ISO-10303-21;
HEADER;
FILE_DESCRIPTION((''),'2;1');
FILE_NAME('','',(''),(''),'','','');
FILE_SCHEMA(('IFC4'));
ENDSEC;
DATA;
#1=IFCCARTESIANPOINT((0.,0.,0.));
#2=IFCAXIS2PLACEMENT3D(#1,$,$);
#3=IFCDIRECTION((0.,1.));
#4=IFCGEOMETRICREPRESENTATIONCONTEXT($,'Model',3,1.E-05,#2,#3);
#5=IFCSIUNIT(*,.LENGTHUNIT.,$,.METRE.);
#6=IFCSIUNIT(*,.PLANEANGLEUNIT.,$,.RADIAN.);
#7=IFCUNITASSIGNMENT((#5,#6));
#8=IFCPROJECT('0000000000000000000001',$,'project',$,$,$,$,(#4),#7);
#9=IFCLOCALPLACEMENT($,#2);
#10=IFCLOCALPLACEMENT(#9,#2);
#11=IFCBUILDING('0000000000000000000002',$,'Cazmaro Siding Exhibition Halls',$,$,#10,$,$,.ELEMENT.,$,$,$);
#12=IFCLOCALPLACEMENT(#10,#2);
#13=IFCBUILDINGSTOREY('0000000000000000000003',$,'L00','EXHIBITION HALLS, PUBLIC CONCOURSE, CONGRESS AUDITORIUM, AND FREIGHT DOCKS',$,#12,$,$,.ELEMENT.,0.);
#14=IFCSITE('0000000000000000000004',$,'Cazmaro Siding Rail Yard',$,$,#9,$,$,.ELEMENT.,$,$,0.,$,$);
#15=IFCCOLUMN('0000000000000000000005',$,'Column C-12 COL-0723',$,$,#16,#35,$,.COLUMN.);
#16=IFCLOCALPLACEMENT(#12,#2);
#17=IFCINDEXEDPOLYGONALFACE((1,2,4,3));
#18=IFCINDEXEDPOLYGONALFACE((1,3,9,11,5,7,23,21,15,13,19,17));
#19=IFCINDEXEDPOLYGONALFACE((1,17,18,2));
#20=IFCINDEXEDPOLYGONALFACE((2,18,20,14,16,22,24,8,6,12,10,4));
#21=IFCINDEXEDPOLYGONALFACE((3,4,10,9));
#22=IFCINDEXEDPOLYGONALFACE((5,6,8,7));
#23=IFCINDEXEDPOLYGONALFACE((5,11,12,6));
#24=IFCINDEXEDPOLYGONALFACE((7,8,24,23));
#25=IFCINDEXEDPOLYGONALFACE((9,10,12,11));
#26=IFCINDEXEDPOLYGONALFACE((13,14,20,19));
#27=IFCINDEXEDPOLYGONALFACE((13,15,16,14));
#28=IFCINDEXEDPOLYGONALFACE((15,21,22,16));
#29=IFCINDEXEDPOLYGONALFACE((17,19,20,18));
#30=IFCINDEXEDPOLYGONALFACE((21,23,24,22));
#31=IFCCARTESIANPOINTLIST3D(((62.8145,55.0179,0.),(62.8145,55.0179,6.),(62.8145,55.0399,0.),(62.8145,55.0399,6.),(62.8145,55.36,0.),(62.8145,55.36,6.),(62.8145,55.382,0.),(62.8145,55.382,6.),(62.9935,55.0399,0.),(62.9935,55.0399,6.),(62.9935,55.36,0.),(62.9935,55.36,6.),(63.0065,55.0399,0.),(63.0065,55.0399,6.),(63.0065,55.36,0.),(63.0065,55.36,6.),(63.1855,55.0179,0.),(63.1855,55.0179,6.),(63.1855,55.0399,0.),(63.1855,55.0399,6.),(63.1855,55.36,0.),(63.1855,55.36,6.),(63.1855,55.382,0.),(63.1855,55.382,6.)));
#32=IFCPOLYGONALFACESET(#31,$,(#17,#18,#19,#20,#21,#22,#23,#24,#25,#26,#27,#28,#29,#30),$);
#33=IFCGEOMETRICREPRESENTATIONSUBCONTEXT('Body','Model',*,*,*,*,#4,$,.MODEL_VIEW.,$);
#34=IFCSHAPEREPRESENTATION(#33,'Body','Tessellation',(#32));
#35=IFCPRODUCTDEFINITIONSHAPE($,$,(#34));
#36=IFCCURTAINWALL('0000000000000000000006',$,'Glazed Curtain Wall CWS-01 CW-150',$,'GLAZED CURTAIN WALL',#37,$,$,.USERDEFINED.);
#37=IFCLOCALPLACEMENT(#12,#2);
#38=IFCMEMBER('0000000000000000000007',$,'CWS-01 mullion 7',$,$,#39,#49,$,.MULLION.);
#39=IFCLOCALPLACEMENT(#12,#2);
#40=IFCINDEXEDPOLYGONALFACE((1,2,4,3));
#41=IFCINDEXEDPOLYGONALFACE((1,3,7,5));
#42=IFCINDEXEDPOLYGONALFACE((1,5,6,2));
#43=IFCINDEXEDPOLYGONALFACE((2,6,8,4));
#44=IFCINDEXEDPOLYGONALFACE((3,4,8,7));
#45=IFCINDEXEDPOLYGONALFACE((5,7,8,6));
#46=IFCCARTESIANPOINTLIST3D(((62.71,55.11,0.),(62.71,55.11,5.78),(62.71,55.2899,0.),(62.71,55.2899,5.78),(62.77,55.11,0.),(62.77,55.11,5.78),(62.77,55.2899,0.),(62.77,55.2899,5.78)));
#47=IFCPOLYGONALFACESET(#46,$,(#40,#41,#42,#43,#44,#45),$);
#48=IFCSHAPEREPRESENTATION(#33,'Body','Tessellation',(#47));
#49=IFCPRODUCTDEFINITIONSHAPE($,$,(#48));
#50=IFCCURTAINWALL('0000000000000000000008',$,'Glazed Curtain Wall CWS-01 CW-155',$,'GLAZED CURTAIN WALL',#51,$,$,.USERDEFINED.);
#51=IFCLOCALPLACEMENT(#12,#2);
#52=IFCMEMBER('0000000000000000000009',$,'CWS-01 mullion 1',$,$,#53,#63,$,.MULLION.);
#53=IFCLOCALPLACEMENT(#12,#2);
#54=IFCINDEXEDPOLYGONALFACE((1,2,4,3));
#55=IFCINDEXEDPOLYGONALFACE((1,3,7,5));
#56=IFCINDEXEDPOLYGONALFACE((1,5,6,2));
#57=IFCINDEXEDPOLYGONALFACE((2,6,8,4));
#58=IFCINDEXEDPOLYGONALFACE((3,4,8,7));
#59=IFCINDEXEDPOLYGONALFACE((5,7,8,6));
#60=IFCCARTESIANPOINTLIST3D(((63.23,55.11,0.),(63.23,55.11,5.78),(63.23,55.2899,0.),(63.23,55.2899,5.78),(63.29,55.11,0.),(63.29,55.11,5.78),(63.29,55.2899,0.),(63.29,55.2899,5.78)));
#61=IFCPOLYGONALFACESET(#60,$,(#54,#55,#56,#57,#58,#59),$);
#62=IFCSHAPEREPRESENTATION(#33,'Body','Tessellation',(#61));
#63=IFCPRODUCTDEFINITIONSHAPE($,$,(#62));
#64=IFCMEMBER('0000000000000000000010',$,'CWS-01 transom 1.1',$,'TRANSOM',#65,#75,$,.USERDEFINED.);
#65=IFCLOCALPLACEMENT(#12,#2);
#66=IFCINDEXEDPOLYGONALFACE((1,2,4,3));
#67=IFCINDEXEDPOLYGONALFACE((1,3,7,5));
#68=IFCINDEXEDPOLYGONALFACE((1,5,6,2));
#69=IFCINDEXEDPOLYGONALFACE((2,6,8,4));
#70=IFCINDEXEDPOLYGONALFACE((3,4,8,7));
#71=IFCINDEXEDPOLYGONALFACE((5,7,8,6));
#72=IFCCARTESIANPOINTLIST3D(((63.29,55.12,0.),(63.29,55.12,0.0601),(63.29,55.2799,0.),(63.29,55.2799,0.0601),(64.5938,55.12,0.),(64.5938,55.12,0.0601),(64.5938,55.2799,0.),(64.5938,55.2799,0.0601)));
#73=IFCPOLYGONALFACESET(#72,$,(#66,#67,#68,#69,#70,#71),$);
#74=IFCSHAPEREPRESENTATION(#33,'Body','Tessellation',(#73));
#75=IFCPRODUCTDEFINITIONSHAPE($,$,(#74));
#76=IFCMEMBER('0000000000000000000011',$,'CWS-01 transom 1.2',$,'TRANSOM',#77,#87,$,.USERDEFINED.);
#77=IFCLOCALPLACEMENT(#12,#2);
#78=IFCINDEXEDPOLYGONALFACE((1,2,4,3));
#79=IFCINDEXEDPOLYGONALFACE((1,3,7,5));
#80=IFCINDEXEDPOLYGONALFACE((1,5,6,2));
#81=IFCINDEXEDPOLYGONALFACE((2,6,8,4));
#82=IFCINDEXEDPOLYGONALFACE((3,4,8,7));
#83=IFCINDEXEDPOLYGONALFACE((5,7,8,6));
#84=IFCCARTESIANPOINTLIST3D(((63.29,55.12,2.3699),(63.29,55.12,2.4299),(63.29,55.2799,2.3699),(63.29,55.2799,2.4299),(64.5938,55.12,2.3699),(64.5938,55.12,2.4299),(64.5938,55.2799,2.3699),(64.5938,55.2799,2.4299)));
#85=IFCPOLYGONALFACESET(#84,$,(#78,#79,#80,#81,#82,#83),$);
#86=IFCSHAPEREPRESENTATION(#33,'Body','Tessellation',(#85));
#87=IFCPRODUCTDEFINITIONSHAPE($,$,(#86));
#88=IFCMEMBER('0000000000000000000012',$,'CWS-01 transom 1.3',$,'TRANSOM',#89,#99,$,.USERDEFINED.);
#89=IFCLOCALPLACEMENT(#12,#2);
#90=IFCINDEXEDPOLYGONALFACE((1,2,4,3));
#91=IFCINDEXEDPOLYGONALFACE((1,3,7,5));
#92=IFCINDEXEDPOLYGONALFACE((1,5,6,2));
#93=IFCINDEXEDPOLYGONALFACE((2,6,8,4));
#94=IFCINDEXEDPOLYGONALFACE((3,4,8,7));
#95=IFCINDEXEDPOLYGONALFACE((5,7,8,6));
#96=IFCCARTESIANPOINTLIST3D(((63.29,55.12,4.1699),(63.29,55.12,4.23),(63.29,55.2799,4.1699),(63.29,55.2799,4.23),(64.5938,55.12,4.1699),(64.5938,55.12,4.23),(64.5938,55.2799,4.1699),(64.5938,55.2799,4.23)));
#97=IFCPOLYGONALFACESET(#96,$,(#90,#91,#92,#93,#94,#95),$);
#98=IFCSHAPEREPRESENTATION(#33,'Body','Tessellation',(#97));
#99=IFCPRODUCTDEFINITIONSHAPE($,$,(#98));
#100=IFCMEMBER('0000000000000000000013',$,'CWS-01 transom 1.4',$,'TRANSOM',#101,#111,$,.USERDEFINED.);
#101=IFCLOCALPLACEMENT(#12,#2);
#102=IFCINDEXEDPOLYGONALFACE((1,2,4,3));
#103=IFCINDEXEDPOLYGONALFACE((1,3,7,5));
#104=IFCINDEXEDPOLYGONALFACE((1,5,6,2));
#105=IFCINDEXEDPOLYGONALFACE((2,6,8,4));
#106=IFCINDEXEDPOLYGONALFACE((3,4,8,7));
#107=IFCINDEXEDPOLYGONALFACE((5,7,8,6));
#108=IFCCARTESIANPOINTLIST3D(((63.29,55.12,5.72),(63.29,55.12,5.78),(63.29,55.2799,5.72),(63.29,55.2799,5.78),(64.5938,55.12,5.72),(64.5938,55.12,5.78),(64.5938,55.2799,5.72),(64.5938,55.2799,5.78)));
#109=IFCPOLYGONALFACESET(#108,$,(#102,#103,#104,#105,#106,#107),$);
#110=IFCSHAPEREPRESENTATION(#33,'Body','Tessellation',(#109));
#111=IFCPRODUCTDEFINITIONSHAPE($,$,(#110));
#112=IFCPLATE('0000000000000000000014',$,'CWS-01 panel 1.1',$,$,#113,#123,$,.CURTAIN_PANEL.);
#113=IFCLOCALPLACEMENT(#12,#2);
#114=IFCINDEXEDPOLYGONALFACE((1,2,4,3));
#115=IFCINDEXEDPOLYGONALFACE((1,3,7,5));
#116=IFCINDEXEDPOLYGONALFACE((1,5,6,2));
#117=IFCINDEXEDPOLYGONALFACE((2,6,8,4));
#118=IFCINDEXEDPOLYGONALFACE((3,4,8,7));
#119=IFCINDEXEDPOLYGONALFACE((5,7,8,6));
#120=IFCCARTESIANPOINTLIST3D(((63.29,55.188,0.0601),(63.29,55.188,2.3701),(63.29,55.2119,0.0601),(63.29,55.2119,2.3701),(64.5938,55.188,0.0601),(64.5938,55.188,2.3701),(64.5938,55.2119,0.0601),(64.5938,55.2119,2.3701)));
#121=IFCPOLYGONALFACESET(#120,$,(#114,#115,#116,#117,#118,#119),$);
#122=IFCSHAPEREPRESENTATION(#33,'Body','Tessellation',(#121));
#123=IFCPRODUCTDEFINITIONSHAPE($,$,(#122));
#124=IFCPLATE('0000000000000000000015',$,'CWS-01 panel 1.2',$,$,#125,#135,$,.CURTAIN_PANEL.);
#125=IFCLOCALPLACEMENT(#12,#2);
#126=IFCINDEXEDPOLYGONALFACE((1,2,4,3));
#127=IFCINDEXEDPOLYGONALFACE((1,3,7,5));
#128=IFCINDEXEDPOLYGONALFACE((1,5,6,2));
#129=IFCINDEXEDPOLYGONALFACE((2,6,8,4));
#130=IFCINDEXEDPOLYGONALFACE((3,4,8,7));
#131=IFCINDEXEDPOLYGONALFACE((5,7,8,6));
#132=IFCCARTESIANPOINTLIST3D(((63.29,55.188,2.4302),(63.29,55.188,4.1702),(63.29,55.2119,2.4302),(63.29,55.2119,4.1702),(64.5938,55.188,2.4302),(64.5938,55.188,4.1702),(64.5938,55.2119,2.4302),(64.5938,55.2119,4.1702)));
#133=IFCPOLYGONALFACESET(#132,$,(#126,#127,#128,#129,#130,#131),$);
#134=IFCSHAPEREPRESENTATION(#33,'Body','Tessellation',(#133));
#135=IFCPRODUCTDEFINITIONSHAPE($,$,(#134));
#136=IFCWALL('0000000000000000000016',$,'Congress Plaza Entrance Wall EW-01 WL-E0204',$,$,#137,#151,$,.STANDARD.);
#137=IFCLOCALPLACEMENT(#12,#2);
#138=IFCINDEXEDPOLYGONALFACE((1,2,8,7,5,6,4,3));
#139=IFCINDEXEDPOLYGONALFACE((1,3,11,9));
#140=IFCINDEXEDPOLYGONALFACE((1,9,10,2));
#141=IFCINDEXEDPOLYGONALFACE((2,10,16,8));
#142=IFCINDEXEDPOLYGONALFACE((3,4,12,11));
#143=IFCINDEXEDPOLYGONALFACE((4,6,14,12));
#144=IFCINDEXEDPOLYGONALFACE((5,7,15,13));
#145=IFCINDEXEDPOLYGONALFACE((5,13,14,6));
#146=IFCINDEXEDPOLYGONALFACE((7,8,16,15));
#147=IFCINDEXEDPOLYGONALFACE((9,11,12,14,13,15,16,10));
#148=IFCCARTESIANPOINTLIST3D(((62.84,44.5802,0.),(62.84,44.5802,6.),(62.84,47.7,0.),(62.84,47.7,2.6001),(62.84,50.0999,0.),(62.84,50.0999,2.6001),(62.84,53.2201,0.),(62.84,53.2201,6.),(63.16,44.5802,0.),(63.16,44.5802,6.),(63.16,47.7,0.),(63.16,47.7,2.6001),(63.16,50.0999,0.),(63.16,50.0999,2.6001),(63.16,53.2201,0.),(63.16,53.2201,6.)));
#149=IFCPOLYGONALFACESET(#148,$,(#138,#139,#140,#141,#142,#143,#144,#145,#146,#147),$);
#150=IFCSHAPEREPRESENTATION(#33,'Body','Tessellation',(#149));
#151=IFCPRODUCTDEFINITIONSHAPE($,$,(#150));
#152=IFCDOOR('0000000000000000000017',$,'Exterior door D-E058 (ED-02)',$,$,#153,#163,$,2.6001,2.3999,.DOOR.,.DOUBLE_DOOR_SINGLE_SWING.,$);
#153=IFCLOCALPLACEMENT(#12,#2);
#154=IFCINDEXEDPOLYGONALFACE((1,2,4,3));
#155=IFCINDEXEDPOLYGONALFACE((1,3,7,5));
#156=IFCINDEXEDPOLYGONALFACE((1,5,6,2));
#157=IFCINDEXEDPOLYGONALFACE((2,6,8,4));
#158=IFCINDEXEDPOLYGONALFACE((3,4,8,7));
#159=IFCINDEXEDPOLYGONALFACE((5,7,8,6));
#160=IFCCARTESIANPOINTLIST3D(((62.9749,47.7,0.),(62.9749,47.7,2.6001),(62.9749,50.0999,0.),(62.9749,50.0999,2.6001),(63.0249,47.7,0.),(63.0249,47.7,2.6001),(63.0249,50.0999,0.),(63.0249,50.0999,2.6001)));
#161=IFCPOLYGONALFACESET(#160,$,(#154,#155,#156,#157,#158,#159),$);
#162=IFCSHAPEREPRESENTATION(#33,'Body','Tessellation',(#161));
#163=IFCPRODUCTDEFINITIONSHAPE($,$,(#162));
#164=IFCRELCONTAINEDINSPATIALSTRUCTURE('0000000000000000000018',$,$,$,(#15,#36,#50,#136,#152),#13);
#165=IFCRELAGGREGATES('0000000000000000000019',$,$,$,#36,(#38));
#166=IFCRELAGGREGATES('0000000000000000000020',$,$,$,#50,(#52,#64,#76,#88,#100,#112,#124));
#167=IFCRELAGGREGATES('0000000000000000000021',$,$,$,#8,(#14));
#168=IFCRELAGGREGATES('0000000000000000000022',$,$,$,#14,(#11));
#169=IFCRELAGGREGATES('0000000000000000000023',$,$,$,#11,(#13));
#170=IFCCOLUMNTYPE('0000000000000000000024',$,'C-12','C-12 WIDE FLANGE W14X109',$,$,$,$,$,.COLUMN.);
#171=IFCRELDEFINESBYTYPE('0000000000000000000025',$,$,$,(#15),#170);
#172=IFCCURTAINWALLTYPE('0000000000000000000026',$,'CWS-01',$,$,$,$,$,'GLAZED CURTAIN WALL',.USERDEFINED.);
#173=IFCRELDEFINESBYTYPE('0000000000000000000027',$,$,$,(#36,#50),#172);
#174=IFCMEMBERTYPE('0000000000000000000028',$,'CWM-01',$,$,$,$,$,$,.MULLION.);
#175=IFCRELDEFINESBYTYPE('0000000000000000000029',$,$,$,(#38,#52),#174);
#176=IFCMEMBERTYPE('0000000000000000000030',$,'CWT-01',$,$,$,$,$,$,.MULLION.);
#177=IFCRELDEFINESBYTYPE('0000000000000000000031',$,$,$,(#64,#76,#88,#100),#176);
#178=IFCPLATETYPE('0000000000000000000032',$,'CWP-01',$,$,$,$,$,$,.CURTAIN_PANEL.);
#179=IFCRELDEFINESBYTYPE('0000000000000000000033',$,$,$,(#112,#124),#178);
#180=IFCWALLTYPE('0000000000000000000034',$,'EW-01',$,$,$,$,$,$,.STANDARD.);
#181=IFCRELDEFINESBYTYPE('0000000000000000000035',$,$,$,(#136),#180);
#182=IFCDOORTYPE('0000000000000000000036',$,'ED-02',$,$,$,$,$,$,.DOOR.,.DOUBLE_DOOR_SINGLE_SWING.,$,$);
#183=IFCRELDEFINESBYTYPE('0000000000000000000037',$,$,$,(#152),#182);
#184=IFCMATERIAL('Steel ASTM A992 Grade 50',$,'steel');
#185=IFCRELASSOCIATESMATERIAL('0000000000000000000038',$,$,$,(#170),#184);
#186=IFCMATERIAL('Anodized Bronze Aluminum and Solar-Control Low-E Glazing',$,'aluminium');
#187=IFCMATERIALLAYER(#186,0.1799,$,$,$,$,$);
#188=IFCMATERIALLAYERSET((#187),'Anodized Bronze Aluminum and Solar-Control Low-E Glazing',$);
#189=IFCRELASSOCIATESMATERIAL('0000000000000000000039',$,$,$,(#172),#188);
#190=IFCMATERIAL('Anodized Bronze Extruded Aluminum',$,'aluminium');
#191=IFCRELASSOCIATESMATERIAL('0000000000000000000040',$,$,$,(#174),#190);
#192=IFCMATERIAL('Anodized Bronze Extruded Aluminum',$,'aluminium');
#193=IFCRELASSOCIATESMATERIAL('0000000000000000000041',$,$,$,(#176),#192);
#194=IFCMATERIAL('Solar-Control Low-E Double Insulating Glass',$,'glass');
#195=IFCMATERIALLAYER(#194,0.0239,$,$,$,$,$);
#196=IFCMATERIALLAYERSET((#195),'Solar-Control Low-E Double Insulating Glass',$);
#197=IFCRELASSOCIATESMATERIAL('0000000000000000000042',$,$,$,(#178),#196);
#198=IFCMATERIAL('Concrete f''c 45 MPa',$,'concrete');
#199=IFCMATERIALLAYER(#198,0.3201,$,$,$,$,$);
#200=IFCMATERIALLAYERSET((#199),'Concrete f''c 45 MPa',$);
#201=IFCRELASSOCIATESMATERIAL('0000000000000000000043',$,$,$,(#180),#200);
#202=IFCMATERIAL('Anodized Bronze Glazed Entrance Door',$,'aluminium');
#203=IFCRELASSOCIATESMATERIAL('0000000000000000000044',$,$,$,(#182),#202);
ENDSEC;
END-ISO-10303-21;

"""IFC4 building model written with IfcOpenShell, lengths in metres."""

from ifc_helpers import new_model, si_unit, direction, frame, frame_2d, origin, origin_2d, place, context, subcontext, project, spatial, rectangle, i_section, extrude, material, layer, layer_set, material_profile, profile_set, type_object, element, fill, aggregate, save


model = new_model("IFC4")

# Units and contexts
model_context = context("Model", 3, precision=1e-05, world=origin(), true_north=direction((0.0, 1.0)))
body_context = subcontext(model_context, "Body", "Model", "MODEL_VIEW")
ifc_project = project(units=[si_unit("LENGTHUNIT", "METRE"), si_unit("PLANEANGLEUNIT", "RADIAN")], contexts=[model_context])

# Site, building, storey
site_placement = place(None, origin())
site = spatial("IfcSite", under=ifc_project, at=site_placement, Name="Cazmaro Siding Rail Yard", CompositionType="ELEMENT", RefElevation=0.0)
building_placement = place(site_placement, origin())
building = spatial("IfcBuilding", under=site, at=building_placement, Name="Cazmaro Siding Exhibition Halls", CompositionType="ELEMENT")
storey_placement = place(building_placement, origin())
storey = spatial("IfcBuildingStorey", under=building, at=storey_placement, Name="L00", Description="EXHIBITION HALLS, PUBLIC CONCOURSE, CONGRESS AUDITORIUM, AND FREIGHT DOCKS", CompositionType="ELEMENT", Elevation=0.0)

# Column
ifc_material_1 = material(Name="Steel ASTM A992 Grade 50", Category="steel")
ifc_material_profile_1 = material_profile(ifc_material_1, i_section(OverallWidth=0.3711, OverallDepth=0.364, WebThickness=0.0129, FlangeThickness=0.022, at=origin_2d()), Name="W14X109")
ifc_profile_set_1 = profile_set([ifc_material_profile_1], Name="Steel ASTM A992 Grade 50")
column_type_1 = type_object("IfcColumnType", Name="C-12", Description="C-12 WIDE FLANGE W14X109", PredefinedType="COLUMN", material=ifc_profile_set_1)
column_1_placement = place(storey_placement, frame((63.0, 55.2, 0.0), z_axis=(0.0, 0.0, 1.0), x_axis=(1.0, 0.0, 0.0)))
element("IfcColumn", 1, at=column_1_placement, inside=storey, type_object=column_type_1, Name="Column C-12 COL-0723", PredefinedType="COLUMN", context=body_context, shape_type="SweptSolid", body=[
    extrude(i_section(OverallWidth=0.3711, OverallDepth=0.364, WebThickness=0.0129, FlangeThickness=0.022, at=origin_2d()), origin(), (0.0, 0.0, 1.0), 6.0),
])

# Curtain wall, member
ifc_material_2 = material(Name="Anodized Bronze Aluminum and Solar-Control Low-E Glazing", Category="aluminium")
ifc_layer_1 = layer(ifc_material_2, 0.1799)
ifc_layer_set_1 = layer_set([ifc_layer_1], Name="Anodized Bronze Aluminum and Solar-Control Low-E Glazing")
curtain_wall_type = type_object("IfcCurtainWallType", Name="CWS-01", ElementType="GLAZED CURTAIN WALL", PredefinedType="USERDEFINED", material=ifc_layer_set_1)
curtain_wall_1_placement = place(storey_placement, origin())
curtain_wall_1 = element("IfcCurtainWall", 2, at=curtain_wall_1_placement, inside=storey, type_object=curtain_wall_type, Name="Glazed Curtain Wall CWS-01 CW-150", ObjectType="GLAZED CURTAIN WALL", PredefinedType="USERDEFINED")
ifc_material_3 = material(Name="Anodized Bronze Extruded Aluminum", Category="aluminium")
ifc_material_profile_2 = material_profile(ifc_material_3, rectangle(XDim=0.1799, YDim=0.0601, at=origin_2d()), Name="CWM-01")
ifc_profile_set_2 = profile_set([ifc_material_profile_2], Name="Anodized Bronze Extruded Aluminum")
member_type_1 = type_object("IfcMemberType", Name="CWM-01", PredefinedType="MULLION", material=ifc_profile_set_2)
member_1_placement = place(storey_placement, frame((62.74, 55.2, 0.0), z_axis=(0.0, 0.0, 1.0), x_axis=(0.0, 1.0, 0.0)))
member_1 = element("IfcMember", 3, at=member_1_placement, type_object=member_type_1, Name="CWS-01 mullion 7", PredefinedType="MULLION", context=body_context, shape_type="SweptSolid", body=[
    extrude(rectangle(XDim=0.1799, YDim=0.0601, at=origin_2d()), origin(), (0.0, 0.0, 1.0), 5.78),
])
aggregate(curtain_wall_1, [member_1])

# Curtain wall, members, plates
curtain_wall_2_placement = place(storey_placement, origin())
curtain_wall_2 = element("IfcCurtainWall", 4, at=curtain_wall_2_placement, inside=storey, type_object=curtain_wall_type, Name="Glazed Curtain Wall CWS-01 CW-155", ObjectType="GLAZED CURTAIN WALL", PredefinedType="USERDEFINED")
member_2_placement = place(storey_placement, frame((63.26, 55.2, 0.0), z_axis=(0.0, 0.0, 1.0), x_axis=(0.0, 1.0, 0.0)))
member_2 = element("IfcMember", 5, at=member_2_placement, type_object=member_type_1, Name="CWS-01 mullion 1", PredefinedType="MULLION", context=body_context, shape_type="SweptSolid", body=[
    extrude(rectangle(XDim=0.1799, YDim=0.0601, at=origin_2d()), origin(), (0.0, 0.0, 1.0), 5.78),
])
ifc_material_4 = material(Name="Anodized Bronze Extruded Aluminum", Category="aluminium")
ifc_material_profile_3 = material_profile(ifc_material_4, rectangle(XDim=0.1599, YDim=0.0601, at=origin_2d()), Name="CWT-01")
ifc_profile_set_3 = profile_set([ifc_material_profile_3], Name="Anodized Bronze Extruded Aluminum")
member_type_2 = type_object("IfcMemberType", Name="CWT-01", PredefinedType="MULLION", material=ifc_profile_set_3)
member_3_placement = place(storey_placement, frame((63.29, 55.2, 0.03), z_axis=(1.0, 0.0, 0.0), x_axis=(0.0, 1.0, 0.0)))
member_3 = element("IfcMember", 6, at=member_3_placement, type_object=member_type_2, Name="CWS-01 transom 1.1", ObjectType="TRANSOM", PredefinedType="USERDEFINED", context=body_context, shape_type="SweptSolid", body=[
    extrude(rectangle(XDim=0.1599, YDim=0.0601, at=origin_2d()), origin(), (0.0, 0.0, 1.0), 1.3037),
])
member_4_placement = place(storey_placement, frame((63.29, 55.2, 2.3999), z_axis=(1.0, 0.0, 0.0), x_axis=(0.0, 1.0, 0.0)))
member_4 = element("IfcMember", 7, at=member_4_placement, type_object=member_type_2, Name="CWS-01 transom 1.2", ObjectType="TRANSOM", PredefinedType="USERDEFINED", context=body_context, shape_type="SweptSolid", body=[
    extrude(rectangle(XDim=0.1599, YDim=0.0601, at=origin_2d()), origin(), (0.0, 0.0, 1.0), 1.3037),
])
member_5_placement = place(storey_placement, frame((63.29, 55.2, 4.2), z_axis=(1.0, 0.0, 0.0), x_axis=(0.0, 1.0, 0.0)))
member_5 = element("IfcMember", 8, at=member_5_placement, type_object=member_type_2, Name="CWS-01 transom 1.3", ObjectType="TRANSOM", PredefinedType="USERDEFINED", context=body_context, shape_type="SweptSolid", body=[
    extrude(rectangle(XDim=0.1599, YDim=0.0601, at=origin_2d()), origin(), (0.0, 0.0, 1.0), 1.3037),
])
member_6_placement = place(storey_placement, frame((63.29, 55.2, 5.75), z_axis=(1.0, 0.0, 0.0), x_axis=(0.0, 1.0, 0.0)))
member_6 = element("IfcMember", 9, at=member_6_placement, type_object=member_type_2, Name="CWS-01 transom 1.4", ObjectType="TRANSOM", PredefinedType="USERDEFINED", context=body_context, shape_type="SweptSolid", body=[
    extrude(rectangle(XDim=0.1599, YDim=0.0601, at=origin_2d()), origin(), (0.0, 0.0, 1.0), 1.3037),
])
ifc_material_5 = material(Name="Solar-Control Low-E Double Insulating Glass", Category="glass")
ifc_layer_2 = layer(ifc_material_5, 0.0239)
ifc_layer_set_2 = layer_set([ifc_layer_2], Name="Solar-Control Low-E Double Insulating Glass")
plate_type = type_object("IfcPlateType", Name="CWP-01", PredefinedType="CURTAIN_PANEL", material=ifc_layer_set_2)
plate_1_placement = place(storey_placement, frame((63.9419, 55.2, 0.0601), z_axis=(0.0, 0.0, 1.0), x_axis=(1.0, 0.0, 0.0)))
plate_1 = element("IfcPlate", 10, at=plate_1_placement, type_object=plate_type, Name="CWS-01 panel 1.1", PredefinedType="CURTAIN_PANEL", context=body_context, shape_type="SweptSolid", body=[
    extrude(rectangle(XDim=1.3037, YDim=0.0239, at=origin_2d()), origin(), (0.0, 0.0, 1.0), 2.3101),
])
plate_2_placement = place(storey_placement, frame((63.9419, 55.2, 2.4302), z_axis=(0.0, 0.0, 1.0), x_axis=(1.0, 0.0, 0.0)))
plate_2 = element("IfcPlate", 11, at=plate_2_placement, type_object=plate_type, Name="CWS-01 panel 1.2", PredefinedType="CURTAIN_PANEL", context=body_context, shape_type="SweptSolid", body=[
    extrude(rectangle(XDim=1.3037, YDim=0.0239, at=origin_2d()), origin(), (0.0, 0.0, 1.0), 1.74),
])
aggregate(curtain_wall_2, [member_2, member_3, member_4, member_5, member_6, plate_1, plate_2])

# Wall, opening, door
ifc_material_6 = material(Name="Concrete f'c 45 MPa", Category="concrete")
ifc_layer_3 = layer(ifc_material_6, 0.3201)
ifc_layer_set_3 = layer_set([ifc_layer_3], Name="Concrete f'c 45 MPa")
wall_type_1 = type_object("IfcWallType", Name="EW-01", PredefinedType="STANDARD", material=ifc_layer_set_3)
wall_1_placement = place(storey_placement, frame((63.0, 53.22, 0.0), z_axis=(0.0, 0.0, 1.0), x_axis=(0.0, -1.0, 0.0)))
wall_1 = element("IfcWall", 12, at=wall_1_placement, inside=storey, type_object=wall_type_1, Name="Congress Plaza Entrance Wall EW-01 WL-E0204", PredefinedType="STANDARD", context=body_context, shape_type="SweptSolid", body=[
    extrude(rectangle(XDim=8.6399, YDim=0.3201, at=frame_2d((4.3198, 0.0))), origin(), (0.0, 0.0, 1.0), 6.0),
])
opening_1_placement = place(wall_1_placement, frame((3.1201, 0.0, 0.0)))
opening_1 = element("IfcOpeningElement", 13, at=opening_1_placement, cuts=wall_1, PredefinedType="OPENING", context=body_context, shape_type="SweptSolid", body=[
    extrude(rectangle(XDim=2.3999, YDim=2.6001, at=frame_2d((1.2, 1.3))), frame((0.0, 0.1699, 0.0), z_axis=(0.0, -1.0, 0.0), x_axis=(1.0, 0.0, 0.0)), (0.0, 0.0, 1.0), 0.3401),
])
ifc_material_7 = material(Name="Anodized Bronze Glazed Entrance Door", Category="aluminium")
door_type_1 = type_object("IfcDoorType", Name="ED-02", OperationType="DOUBLE_DOOR_SINGLE_SWING", PredefinedType="DOOR", material=ifc_material_7)
door_1_placement = place(opening_1_placement, origin())
door_1 = element("IfcDoor", 14, at=door_1_placement, inside=storey, type_object=door_type_1, Name="Exterior door D-E058 (ED-02)", OperationType="DOUBLE_DOOR_SINGLE_SWING", OverallHeight=2.6001, OverallWidth=2.3999, PredefinedType="DOOR", context=body_context, shape_type="SweptSolid", body=[
    extrude(rectangle(XDim=2.3999, YDim=2.6001, at=frame_2d((1.2, 1.3))), frame((0.0, 0.0249, 0.0), z_axis=(0.0, -1.0, 0.0), x_axis=(1.0, 0.0, 0.0)), (0.0, 0.0, 1.0), 0.05),
])
fill(opening_1, door_1)

save(model, "model.ifc")
